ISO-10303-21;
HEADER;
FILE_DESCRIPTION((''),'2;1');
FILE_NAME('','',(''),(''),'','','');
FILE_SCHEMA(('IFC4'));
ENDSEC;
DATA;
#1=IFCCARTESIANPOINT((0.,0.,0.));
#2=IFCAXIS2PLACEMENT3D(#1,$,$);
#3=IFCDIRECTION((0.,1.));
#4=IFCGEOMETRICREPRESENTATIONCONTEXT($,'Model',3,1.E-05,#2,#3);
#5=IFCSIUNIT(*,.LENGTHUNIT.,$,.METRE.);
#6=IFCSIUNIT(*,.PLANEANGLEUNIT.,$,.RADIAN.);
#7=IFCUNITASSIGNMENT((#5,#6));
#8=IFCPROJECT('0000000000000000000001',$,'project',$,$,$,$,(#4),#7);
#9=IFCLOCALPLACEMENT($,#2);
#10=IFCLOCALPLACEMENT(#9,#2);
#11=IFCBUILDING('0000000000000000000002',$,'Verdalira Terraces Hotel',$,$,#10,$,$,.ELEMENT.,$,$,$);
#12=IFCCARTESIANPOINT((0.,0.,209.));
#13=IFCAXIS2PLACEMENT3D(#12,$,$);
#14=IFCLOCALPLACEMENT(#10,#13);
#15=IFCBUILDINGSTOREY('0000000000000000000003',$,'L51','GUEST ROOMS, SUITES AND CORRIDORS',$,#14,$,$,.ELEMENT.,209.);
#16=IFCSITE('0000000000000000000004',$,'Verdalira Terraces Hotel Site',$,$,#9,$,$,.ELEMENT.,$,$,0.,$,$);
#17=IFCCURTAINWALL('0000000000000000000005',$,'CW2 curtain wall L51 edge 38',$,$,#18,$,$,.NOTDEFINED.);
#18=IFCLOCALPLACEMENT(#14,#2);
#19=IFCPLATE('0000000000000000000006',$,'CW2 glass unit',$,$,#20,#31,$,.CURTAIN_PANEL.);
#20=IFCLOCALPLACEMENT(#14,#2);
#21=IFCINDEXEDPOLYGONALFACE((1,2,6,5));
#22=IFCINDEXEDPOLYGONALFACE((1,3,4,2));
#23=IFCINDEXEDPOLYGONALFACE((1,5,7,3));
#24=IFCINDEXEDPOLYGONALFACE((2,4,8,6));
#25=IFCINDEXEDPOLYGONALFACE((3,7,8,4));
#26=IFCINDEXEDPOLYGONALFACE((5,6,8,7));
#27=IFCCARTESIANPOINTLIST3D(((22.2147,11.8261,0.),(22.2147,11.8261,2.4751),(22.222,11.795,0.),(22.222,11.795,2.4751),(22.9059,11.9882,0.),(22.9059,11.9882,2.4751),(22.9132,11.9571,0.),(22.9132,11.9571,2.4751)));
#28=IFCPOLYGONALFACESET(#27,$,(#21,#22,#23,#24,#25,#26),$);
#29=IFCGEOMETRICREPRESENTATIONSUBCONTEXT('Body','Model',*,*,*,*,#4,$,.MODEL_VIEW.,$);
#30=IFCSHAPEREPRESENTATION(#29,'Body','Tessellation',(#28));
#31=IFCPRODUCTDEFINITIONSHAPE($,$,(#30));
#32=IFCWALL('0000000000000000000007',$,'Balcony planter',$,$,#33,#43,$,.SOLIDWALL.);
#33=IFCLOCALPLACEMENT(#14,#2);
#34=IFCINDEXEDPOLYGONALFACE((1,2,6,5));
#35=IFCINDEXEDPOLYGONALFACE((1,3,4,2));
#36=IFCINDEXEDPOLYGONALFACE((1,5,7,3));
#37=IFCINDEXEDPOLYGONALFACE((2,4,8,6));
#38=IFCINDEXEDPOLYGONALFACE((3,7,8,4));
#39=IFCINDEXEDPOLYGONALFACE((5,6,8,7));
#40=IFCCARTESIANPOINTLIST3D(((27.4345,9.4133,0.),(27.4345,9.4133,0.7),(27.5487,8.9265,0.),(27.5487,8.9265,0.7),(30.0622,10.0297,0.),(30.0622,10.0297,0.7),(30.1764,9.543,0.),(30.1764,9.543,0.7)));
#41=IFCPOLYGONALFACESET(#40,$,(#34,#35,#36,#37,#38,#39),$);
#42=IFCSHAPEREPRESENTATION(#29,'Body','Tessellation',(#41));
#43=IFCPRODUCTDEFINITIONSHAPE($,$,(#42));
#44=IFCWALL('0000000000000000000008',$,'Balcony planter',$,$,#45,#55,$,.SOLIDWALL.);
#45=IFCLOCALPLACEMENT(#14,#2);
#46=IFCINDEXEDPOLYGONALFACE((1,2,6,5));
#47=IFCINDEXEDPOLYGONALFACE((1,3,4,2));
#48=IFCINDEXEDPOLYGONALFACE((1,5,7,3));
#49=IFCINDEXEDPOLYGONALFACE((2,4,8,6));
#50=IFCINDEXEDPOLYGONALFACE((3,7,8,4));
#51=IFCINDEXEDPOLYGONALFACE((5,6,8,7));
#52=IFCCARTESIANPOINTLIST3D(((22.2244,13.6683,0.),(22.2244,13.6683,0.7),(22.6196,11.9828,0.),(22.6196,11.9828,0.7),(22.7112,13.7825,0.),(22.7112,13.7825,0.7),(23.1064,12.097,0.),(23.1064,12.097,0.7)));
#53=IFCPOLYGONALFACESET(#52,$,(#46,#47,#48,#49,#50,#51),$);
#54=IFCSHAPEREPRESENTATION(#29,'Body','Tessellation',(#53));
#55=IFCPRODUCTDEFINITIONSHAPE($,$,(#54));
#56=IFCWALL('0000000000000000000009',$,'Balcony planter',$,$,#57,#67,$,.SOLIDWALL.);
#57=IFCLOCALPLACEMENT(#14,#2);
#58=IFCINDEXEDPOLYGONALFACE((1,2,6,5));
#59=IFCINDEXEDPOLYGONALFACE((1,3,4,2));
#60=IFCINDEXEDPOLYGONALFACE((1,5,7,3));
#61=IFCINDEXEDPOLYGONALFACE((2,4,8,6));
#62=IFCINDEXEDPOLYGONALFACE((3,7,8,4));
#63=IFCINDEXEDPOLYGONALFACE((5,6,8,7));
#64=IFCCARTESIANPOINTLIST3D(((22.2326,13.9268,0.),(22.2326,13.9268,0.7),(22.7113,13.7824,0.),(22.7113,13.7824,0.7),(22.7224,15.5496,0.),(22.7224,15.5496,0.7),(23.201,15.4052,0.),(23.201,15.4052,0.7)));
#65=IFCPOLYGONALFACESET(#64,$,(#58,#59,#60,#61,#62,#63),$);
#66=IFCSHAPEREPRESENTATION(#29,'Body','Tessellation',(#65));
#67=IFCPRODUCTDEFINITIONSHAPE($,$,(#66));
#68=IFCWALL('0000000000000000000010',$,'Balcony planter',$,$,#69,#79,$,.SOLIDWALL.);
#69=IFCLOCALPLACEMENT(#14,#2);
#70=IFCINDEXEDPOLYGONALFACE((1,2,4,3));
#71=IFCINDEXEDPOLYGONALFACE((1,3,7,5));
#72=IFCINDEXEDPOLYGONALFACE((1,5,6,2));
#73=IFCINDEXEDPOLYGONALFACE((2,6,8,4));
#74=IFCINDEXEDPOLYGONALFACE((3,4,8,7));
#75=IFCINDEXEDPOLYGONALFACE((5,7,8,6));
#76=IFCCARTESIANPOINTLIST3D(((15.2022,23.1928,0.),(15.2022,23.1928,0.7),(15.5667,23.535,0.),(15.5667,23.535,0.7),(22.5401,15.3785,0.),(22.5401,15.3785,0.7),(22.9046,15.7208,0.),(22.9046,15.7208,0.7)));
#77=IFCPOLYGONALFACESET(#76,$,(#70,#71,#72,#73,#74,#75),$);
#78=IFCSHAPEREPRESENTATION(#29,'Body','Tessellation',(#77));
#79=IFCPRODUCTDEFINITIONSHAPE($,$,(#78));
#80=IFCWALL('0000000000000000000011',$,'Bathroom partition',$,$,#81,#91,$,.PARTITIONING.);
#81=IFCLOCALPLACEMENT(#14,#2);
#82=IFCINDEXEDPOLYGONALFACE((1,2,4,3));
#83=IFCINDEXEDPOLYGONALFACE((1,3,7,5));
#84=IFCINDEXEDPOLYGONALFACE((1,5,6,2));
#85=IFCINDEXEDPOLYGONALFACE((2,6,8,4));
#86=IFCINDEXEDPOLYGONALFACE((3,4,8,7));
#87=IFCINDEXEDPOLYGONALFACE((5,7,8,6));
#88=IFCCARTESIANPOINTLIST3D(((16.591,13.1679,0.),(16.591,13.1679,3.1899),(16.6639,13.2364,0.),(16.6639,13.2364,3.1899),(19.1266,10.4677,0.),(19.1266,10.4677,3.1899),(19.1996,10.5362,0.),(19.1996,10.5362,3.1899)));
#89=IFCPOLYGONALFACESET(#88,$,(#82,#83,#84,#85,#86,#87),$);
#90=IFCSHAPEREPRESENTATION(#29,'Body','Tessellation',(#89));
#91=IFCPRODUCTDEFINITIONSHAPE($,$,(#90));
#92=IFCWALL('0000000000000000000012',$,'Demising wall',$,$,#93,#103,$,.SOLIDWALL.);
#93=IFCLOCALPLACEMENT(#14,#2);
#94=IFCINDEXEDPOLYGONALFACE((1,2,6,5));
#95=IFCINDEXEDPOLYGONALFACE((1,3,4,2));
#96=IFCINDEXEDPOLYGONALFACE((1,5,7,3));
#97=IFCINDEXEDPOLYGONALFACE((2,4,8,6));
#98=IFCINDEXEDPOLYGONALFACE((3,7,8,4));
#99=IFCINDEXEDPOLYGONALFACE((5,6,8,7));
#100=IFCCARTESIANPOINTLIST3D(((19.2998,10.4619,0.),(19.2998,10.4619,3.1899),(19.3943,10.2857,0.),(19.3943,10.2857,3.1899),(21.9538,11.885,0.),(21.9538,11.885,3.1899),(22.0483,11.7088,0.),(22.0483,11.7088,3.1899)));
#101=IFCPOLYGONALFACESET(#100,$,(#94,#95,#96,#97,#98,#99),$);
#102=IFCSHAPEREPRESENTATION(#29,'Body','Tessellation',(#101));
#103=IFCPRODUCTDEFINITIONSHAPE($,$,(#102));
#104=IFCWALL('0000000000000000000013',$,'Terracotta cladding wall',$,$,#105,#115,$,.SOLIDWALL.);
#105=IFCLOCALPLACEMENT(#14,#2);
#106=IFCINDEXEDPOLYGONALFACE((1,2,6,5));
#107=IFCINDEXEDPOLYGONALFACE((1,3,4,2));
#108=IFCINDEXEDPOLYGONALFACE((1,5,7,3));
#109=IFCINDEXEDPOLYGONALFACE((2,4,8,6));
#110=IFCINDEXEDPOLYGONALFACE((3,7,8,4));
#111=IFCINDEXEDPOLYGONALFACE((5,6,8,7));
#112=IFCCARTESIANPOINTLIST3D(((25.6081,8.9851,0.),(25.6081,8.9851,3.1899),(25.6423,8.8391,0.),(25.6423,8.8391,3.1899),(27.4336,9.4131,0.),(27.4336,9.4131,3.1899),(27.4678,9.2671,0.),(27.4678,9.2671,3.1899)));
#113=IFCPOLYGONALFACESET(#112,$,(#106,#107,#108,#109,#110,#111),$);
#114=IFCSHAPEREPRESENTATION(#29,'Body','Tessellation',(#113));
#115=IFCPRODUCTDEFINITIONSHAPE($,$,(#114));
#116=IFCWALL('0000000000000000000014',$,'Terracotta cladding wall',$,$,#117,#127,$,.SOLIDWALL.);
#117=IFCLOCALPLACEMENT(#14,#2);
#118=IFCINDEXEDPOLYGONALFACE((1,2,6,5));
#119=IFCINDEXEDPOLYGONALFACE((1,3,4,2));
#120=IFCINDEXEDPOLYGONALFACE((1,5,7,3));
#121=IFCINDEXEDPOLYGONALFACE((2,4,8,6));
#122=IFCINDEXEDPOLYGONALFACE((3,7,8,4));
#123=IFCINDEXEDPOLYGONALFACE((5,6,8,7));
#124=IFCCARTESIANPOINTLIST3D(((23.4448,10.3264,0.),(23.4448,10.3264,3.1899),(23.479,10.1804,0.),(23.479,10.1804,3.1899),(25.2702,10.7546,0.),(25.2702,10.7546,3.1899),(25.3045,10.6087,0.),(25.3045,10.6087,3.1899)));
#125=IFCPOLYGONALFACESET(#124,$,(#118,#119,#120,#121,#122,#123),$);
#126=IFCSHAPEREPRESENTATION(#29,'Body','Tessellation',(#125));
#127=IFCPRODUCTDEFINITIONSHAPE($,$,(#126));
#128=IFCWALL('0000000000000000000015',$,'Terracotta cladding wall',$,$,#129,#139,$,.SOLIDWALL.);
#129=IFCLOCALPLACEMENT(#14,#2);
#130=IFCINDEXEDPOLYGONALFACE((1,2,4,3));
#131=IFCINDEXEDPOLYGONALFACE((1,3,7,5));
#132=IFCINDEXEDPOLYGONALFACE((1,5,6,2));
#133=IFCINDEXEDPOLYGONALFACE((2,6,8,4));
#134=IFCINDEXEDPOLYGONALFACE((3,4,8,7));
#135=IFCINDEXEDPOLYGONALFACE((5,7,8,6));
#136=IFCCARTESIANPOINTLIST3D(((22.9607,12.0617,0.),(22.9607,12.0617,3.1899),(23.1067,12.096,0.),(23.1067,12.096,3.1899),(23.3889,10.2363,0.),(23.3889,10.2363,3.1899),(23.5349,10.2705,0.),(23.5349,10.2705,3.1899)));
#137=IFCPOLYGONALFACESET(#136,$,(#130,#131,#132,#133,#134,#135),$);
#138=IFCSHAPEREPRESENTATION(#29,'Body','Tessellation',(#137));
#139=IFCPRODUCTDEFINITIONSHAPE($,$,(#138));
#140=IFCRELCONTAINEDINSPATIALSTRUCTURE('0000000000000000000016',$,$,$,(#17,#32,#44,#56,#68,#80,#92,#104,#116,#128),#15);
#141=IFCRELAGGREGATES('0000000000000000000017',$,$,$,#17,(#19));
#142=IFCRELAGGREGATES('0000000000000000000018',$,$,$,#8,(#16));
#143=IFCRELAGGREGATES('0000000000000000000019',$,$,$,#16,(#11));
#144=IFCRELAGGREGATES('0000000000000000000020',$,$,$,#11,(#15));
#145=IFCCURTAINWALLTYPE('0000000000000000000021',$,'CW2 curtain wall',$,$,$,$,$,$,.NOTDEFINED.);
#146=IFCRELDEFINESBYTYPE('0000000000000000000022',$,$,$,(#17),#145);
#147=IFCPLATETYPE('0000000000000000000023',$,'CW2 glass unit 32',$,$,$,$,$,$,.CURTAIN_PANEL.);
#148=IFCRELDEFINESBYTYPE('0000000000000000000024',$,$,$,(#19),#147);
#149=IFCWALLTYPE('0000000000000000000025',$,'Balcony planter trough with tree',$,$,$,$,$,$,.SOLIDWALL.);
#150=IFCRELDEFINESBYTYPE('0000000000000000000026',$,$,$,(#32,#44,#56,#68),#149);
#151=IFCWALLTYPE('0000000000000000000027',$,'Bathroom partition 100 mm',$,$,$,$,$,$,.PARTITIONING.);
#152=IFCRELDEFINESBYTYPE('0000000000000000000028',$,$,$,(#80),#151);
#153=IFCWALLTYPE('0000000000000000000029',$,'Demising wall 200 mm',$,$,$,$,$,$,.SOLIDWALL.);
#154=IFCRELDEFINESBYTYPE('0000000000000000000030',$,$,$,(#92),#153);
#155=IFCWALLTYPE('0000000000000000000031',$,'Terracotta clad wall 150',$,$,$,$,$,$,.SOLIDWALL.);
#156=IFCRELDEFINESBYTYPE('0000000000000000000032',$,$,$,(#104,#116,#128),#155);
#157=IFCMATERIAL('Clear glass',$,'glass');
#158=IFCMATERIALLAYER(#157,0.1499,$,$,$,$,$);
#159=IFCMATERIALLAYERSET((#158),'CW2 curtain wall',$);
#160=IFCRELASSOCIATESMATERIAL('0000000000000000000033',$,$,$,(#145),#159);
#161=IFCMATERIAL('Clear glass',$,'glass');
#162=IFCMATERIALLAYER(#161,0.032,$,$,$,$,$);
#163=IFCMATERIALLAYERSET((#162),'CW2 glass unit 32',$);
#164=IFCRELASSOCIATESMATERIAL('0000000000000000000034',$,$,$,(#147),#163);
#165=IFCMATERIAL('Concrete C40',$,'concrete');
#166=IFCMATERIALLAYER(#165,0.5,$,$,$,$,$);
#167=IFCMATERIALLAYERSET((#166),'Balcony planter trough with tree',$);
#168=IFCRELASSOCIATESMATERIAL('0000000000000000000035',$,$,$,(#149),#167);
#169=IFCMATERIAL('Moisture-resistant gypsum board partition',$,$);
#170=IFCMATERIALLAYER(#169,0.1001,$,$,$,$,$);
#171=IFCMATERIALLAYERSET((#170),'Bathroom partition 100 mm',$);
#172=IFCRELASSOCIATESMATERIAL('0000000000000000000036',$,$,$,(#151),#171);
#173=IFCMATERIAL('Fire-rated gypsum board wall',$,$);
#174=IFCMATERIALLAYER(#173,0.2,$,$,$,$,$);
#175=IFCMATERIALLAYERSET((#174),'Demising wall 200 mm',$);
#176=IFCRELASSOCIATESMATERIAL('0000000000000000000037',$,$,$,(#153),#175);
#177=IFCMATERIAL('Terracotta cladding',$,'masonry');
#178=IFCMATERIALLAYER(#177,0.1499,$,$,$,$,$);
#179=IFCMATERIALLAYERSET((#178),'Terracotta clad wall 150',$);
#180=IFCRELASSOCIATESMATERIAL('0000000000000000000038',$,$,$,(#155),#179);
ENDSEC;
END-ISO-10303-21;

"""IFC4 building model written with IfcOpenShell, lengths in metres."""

from ifc_helpers import new_model, si_unit, direction, frame, frame_2d, origin, origin_2d, place, context, subcontext, project, spatial, rectangle, extrude, material, layer, layer_set, type_object, element, aggregate, save


model = new_model("IFC4")

# Units and contexts
model_context = context("Model", 3, precision=1e-05, world=origin(), true_north=direction((0.0, 1.0)))
body_context = subcontext(model_context, "Body", "Model", "MODEL_VIEW")
ifc_project = project(units=[si_unit("LENGTHUNIT", "METRE"), si_unit("PLANEANGLEUNIT", "RADIAN")], contexts=[model_context])

# Site, building, storey
site_placement = place(None, origin())
site = spatial("IfcSite", under=ifc_project, at=site_placement, Name="Verdalira Terraces Hotel Site", CompositionType="ELEMENT", RefElevation=0.0)
building_placement = place(site_placement, origin())
building = spatial("IfcBuilding", under=site, at=building_placement, Name="Verdalira Terraces Hotel", CompositionType="ELEMENT")
storey_placement = place(building_placement, frame((0.0, 0.0, 209.0)))
storey = spatial("IfcBuildingStorey", under=building, at=storey_placement, Name="L51", Description="GUEST ROOMS, SUITES AND CORRIDORS", CompositionType="ELEMENT", Elevation=209.0)

# Curtain wall
ifc_material_1 = material(Name="Clear glass", Category="glass")
ifc_layer_1 = layer(ifc_material_1, 0.1499)
ifc_layer_set_1 = layer_set([ifc_layer_1], Name="CW2 curtain wall")
curtain_wall_type_1 = type_object("IfcCurtainWallType", Name="CW2 curtain wall", PredefinedType="NOTDEFINED", material=ifc_layer_set_1)
curtain_wall_1_placement = place(storey_placement, origin())
curtain_wall_1 = element("IfcCurtainWall", 1, at=curtain_wall_1_placement, inside=storey, type_object=curtain_wall_type_1, Name="CW2 curtain wall L51 edge 38", PredefinedType="NOTDEFINED")

# Plate
ifc_material_2 = material(Name="Clear glass", Category="glass")
ifc_layer_2 = layer(ifc_material_2, 0.032)
ifc_layer_set_2 = layer_set([ifc_layer_2], Name="CW2 glass unit 32")
plate_type_1 = type_object("IfcPlateType", Name="CW2 glass unit 32", PredefinedType="CURTAIN_PANEL", material=ifc_layer_set_2)
plate_1_placement = place(storey_placement, frame((22.564, 11.8916, 0.0), z_axis=(0.0, 0.0, 1.0), x_axis=(-0.973579, -0.228351, 0.0)))
plate_1 = element("IfcPlate", 2, at=plate_1_placement, type_object=plate_type_1, Name="CW2 glass unit", PredefinedType="CURTAIN_PANEL", context=body_context, shape_type="SweptSolid", body=[
    extrude(rectangle(XDim=0.71, YDim=0.032, at=origin_2d()), origin(), (0.0, 0.0, 1.0), 2.4751),
])
aggregate(curtain_wall_1, [plate_1])

# Walls
ifc_material_3 = material(Name="Concrete C40", Category="concrete")
ifc_layer_3 = layer(ifc_material_3, 0.5)
ifc_layer_set_3 = layer_set([ifc_layer_3], Name="Balcony planter trough with tree")
wall_type_1 = type_object("IfcWallType", Name="Balcony planter trough with tree", PredefinedType="SOLIDWALL", material=ifc_layer_set_3)
wall_1_placement = place(storey_placement, frame((30.1194, 9.7864, 0.0), z_axis=(0.0, 0.0, 1.0), x_axis=(-0.973568, -0.228399, 0.0)))
element("IfcWall", 3, at=wall_1_placement, inside=storey, type_object=wall_type_1, Name="Balcony planter", PredefinedType="SOLIDWALL", context=body_context, shape_type="SweptSolid", body=[
    extrude(rectangle(XDim=2.699, YDim=0.5, at=frame_2d((1.3496, 0.0))), origin(), (0.0, 0.0, 1.0), 0.7),
])
wall_2_placement = place(storey_placement, frame((22.863, 12.0398, 0.0), z_axis=(0.0, 0.0, 1.0), x_axis=(-0.228308, 0.973589, 0.0)))
element("IfcWall", 4, at=wall_2_placement, inside=storey, type_object=wall_type_1, Name="Balcony planter", PredefinedType="SOLIDWALL", context=body_context, shape_type="SweptSolid", body=[
    extrude(rectangle(XDim=1.7312, YDim=0.5, at=frame_2d((0.8657, 0.0))), origin(), (0.0, 0.0, 1.0), 0.7),
])
wall_3_placement = place(storey_placement, frame((22.4719, 13.8545, 0.0), z_axis=(0.0, 0.0, 1.0), x_axis=(0.28892, 0.957353, 0.0)))
element("IfcWall", 5, at=wall_3_placement, inside=storey, type_object=wall_type_1, Name="Balcony planter", PredefinedType="SOLIDWALL", context=body_context, shape_type="SweptSolid", body=[
    extrude(rectangle(XDim=1.6951, YDim=0.5, at=frame_2d((0.8477, 0.0))), origin(), (0.0, 0.0, 1.0), 0.7),
])
wall_4_placement = place(storey_placement, frame((22.7224, 15.5496, 0.0), z_axis=(0.0, 0.0, 1.0), x_axis=(-0.68454, 0.728975, 0.0)))
element("IfcWall", 6, at=wall_4_placement, inside=storey, type_object=wall_type_1, Name="Balcony planter", PredefinedType="SOLIDWALL", context=body_context, shape_type="SweptSolid", body=[
    extrude(rectangle(XDim=10.7195, YDim=0.5, at=frame_2d((5.3599, 0.0))), origin(), (0.0, 0.0, 1.0), 0.7),
])
ifc_material_4 = material(Name="Moisture-resistant gypsum board partition")
ifc_layer_4 = layer(ifc_material_4, 0.1001)
ifc_layer_set_4 = layer_set([ifc_layer_4], Name="Bathroom partition 100 mm")
wall_type_2 = type_object("IfcWallType", Name="Bathroom partition 100 mm", PredefinedType="PARTITIONING", material=ifc_layer_set_4)
wall_5_placement = place(storey_placement, frame((16.6274, 13.2021, 0.0), z_axis=(0.0, 0.0, 1.0), x_axis=(0.684546, -0.72897, 0.0)))
element("IfcWall", 7, at=wall_5_placement, inside=storey, type_object=wall_type_2, Name="Bathroom partition", PredefinedType="PARTITIONING", context=body_context, shape_type="SweptSolid", body=[
    extrude(rectangle(XDim=3.7041, YDim=0.1001, at=frame_2d((1.8521, 0.0))), origin(), (0.0, 0.0, 1.0), 3.1899),
])
ifc_material_5 = material(Name="Fire-rated gypsum board wall")
ifc_layer_5 = layer(ifc_material_5, 0.2)
ifc_layer_set_5 = layer_set([ifc_layer_5], Name="Demising wall 200 mm")
wall_type_3 = type_object("IfcWallType", Name="Demising wall 200 mm", PredefinedType="SOLIDWALL", material=ifc_layer_set_5)
wall_6_placement = place(storey_placement, frame((19.3469, 10.3738, 0.0), z_axis=(0.0, 0.0, 1.0), x_axis=(0.881303, 0.472552, 0.0)))
element("IfcWall", 8, at=wall_6_placement, inside=storey, type_object=wall_type_3, Name="Demising wall", PredefinedType="SOLIDWALL", context=body_context, shape_type="SweptSolid", body=[
    extrude(rectangle(XDim=3.0115, YDim=0.2, at=frame_2d((1.5059, 0.0))), origin(), (0.0, 0.0, 1.0), 3.1899),
])
ifc_material_6 = material(Name="Terracotta cladding", Category="masonry")
ifc_layer_6 = layer(ifc_material_6, 0.1499)
ifc_layer_set_6 = layer_set([ifc_layer_6], Name="Terracotta clad wall 150")
wall_type_4 = type_object("IfcWallType", Name="Terracotta clad wall 150", PredefinedType="SOLIDWALL", material=ifc_layer_set_6)
for number, where, z_axis, x_axis, name in (
    (9, (27.4507, 9.3401, 0.0), (0.0, 0.0, 1.0), (-0.9736, -0.228263, 0.0), "Terracotta cladding wall"),
    (10, (25.2874, 10.6816, 0.0), (0.0, 0.0, 1.0), (-0.973571, -0.228386, 0.0), "Terracotta cladding wall"),
    (11, (23.4619, 10.2534, 0.0), (0.0, 0.0, 1.0), (-0.228386, 0.973571, 0.0), "Terracotta cladding wall"),
):
    element("IfcWall", number, at=place(storey_placement, frame(where, z_axis=z_axis, x_axis=x_axis)), inside=storey, type_object=wall_type_4, Name=name, PredefinedType="SOLIDWALL", context=body_context, shape_type="SweptSolid", body=[
        extrude(rectangle(XDim=1.875, YDim=0.1499, at=frame_2d((0.9375, 0.0))), origin(), (0.0, 0.0, 1.0), 3.1899),
    ])

save(model, "model.ifc")
